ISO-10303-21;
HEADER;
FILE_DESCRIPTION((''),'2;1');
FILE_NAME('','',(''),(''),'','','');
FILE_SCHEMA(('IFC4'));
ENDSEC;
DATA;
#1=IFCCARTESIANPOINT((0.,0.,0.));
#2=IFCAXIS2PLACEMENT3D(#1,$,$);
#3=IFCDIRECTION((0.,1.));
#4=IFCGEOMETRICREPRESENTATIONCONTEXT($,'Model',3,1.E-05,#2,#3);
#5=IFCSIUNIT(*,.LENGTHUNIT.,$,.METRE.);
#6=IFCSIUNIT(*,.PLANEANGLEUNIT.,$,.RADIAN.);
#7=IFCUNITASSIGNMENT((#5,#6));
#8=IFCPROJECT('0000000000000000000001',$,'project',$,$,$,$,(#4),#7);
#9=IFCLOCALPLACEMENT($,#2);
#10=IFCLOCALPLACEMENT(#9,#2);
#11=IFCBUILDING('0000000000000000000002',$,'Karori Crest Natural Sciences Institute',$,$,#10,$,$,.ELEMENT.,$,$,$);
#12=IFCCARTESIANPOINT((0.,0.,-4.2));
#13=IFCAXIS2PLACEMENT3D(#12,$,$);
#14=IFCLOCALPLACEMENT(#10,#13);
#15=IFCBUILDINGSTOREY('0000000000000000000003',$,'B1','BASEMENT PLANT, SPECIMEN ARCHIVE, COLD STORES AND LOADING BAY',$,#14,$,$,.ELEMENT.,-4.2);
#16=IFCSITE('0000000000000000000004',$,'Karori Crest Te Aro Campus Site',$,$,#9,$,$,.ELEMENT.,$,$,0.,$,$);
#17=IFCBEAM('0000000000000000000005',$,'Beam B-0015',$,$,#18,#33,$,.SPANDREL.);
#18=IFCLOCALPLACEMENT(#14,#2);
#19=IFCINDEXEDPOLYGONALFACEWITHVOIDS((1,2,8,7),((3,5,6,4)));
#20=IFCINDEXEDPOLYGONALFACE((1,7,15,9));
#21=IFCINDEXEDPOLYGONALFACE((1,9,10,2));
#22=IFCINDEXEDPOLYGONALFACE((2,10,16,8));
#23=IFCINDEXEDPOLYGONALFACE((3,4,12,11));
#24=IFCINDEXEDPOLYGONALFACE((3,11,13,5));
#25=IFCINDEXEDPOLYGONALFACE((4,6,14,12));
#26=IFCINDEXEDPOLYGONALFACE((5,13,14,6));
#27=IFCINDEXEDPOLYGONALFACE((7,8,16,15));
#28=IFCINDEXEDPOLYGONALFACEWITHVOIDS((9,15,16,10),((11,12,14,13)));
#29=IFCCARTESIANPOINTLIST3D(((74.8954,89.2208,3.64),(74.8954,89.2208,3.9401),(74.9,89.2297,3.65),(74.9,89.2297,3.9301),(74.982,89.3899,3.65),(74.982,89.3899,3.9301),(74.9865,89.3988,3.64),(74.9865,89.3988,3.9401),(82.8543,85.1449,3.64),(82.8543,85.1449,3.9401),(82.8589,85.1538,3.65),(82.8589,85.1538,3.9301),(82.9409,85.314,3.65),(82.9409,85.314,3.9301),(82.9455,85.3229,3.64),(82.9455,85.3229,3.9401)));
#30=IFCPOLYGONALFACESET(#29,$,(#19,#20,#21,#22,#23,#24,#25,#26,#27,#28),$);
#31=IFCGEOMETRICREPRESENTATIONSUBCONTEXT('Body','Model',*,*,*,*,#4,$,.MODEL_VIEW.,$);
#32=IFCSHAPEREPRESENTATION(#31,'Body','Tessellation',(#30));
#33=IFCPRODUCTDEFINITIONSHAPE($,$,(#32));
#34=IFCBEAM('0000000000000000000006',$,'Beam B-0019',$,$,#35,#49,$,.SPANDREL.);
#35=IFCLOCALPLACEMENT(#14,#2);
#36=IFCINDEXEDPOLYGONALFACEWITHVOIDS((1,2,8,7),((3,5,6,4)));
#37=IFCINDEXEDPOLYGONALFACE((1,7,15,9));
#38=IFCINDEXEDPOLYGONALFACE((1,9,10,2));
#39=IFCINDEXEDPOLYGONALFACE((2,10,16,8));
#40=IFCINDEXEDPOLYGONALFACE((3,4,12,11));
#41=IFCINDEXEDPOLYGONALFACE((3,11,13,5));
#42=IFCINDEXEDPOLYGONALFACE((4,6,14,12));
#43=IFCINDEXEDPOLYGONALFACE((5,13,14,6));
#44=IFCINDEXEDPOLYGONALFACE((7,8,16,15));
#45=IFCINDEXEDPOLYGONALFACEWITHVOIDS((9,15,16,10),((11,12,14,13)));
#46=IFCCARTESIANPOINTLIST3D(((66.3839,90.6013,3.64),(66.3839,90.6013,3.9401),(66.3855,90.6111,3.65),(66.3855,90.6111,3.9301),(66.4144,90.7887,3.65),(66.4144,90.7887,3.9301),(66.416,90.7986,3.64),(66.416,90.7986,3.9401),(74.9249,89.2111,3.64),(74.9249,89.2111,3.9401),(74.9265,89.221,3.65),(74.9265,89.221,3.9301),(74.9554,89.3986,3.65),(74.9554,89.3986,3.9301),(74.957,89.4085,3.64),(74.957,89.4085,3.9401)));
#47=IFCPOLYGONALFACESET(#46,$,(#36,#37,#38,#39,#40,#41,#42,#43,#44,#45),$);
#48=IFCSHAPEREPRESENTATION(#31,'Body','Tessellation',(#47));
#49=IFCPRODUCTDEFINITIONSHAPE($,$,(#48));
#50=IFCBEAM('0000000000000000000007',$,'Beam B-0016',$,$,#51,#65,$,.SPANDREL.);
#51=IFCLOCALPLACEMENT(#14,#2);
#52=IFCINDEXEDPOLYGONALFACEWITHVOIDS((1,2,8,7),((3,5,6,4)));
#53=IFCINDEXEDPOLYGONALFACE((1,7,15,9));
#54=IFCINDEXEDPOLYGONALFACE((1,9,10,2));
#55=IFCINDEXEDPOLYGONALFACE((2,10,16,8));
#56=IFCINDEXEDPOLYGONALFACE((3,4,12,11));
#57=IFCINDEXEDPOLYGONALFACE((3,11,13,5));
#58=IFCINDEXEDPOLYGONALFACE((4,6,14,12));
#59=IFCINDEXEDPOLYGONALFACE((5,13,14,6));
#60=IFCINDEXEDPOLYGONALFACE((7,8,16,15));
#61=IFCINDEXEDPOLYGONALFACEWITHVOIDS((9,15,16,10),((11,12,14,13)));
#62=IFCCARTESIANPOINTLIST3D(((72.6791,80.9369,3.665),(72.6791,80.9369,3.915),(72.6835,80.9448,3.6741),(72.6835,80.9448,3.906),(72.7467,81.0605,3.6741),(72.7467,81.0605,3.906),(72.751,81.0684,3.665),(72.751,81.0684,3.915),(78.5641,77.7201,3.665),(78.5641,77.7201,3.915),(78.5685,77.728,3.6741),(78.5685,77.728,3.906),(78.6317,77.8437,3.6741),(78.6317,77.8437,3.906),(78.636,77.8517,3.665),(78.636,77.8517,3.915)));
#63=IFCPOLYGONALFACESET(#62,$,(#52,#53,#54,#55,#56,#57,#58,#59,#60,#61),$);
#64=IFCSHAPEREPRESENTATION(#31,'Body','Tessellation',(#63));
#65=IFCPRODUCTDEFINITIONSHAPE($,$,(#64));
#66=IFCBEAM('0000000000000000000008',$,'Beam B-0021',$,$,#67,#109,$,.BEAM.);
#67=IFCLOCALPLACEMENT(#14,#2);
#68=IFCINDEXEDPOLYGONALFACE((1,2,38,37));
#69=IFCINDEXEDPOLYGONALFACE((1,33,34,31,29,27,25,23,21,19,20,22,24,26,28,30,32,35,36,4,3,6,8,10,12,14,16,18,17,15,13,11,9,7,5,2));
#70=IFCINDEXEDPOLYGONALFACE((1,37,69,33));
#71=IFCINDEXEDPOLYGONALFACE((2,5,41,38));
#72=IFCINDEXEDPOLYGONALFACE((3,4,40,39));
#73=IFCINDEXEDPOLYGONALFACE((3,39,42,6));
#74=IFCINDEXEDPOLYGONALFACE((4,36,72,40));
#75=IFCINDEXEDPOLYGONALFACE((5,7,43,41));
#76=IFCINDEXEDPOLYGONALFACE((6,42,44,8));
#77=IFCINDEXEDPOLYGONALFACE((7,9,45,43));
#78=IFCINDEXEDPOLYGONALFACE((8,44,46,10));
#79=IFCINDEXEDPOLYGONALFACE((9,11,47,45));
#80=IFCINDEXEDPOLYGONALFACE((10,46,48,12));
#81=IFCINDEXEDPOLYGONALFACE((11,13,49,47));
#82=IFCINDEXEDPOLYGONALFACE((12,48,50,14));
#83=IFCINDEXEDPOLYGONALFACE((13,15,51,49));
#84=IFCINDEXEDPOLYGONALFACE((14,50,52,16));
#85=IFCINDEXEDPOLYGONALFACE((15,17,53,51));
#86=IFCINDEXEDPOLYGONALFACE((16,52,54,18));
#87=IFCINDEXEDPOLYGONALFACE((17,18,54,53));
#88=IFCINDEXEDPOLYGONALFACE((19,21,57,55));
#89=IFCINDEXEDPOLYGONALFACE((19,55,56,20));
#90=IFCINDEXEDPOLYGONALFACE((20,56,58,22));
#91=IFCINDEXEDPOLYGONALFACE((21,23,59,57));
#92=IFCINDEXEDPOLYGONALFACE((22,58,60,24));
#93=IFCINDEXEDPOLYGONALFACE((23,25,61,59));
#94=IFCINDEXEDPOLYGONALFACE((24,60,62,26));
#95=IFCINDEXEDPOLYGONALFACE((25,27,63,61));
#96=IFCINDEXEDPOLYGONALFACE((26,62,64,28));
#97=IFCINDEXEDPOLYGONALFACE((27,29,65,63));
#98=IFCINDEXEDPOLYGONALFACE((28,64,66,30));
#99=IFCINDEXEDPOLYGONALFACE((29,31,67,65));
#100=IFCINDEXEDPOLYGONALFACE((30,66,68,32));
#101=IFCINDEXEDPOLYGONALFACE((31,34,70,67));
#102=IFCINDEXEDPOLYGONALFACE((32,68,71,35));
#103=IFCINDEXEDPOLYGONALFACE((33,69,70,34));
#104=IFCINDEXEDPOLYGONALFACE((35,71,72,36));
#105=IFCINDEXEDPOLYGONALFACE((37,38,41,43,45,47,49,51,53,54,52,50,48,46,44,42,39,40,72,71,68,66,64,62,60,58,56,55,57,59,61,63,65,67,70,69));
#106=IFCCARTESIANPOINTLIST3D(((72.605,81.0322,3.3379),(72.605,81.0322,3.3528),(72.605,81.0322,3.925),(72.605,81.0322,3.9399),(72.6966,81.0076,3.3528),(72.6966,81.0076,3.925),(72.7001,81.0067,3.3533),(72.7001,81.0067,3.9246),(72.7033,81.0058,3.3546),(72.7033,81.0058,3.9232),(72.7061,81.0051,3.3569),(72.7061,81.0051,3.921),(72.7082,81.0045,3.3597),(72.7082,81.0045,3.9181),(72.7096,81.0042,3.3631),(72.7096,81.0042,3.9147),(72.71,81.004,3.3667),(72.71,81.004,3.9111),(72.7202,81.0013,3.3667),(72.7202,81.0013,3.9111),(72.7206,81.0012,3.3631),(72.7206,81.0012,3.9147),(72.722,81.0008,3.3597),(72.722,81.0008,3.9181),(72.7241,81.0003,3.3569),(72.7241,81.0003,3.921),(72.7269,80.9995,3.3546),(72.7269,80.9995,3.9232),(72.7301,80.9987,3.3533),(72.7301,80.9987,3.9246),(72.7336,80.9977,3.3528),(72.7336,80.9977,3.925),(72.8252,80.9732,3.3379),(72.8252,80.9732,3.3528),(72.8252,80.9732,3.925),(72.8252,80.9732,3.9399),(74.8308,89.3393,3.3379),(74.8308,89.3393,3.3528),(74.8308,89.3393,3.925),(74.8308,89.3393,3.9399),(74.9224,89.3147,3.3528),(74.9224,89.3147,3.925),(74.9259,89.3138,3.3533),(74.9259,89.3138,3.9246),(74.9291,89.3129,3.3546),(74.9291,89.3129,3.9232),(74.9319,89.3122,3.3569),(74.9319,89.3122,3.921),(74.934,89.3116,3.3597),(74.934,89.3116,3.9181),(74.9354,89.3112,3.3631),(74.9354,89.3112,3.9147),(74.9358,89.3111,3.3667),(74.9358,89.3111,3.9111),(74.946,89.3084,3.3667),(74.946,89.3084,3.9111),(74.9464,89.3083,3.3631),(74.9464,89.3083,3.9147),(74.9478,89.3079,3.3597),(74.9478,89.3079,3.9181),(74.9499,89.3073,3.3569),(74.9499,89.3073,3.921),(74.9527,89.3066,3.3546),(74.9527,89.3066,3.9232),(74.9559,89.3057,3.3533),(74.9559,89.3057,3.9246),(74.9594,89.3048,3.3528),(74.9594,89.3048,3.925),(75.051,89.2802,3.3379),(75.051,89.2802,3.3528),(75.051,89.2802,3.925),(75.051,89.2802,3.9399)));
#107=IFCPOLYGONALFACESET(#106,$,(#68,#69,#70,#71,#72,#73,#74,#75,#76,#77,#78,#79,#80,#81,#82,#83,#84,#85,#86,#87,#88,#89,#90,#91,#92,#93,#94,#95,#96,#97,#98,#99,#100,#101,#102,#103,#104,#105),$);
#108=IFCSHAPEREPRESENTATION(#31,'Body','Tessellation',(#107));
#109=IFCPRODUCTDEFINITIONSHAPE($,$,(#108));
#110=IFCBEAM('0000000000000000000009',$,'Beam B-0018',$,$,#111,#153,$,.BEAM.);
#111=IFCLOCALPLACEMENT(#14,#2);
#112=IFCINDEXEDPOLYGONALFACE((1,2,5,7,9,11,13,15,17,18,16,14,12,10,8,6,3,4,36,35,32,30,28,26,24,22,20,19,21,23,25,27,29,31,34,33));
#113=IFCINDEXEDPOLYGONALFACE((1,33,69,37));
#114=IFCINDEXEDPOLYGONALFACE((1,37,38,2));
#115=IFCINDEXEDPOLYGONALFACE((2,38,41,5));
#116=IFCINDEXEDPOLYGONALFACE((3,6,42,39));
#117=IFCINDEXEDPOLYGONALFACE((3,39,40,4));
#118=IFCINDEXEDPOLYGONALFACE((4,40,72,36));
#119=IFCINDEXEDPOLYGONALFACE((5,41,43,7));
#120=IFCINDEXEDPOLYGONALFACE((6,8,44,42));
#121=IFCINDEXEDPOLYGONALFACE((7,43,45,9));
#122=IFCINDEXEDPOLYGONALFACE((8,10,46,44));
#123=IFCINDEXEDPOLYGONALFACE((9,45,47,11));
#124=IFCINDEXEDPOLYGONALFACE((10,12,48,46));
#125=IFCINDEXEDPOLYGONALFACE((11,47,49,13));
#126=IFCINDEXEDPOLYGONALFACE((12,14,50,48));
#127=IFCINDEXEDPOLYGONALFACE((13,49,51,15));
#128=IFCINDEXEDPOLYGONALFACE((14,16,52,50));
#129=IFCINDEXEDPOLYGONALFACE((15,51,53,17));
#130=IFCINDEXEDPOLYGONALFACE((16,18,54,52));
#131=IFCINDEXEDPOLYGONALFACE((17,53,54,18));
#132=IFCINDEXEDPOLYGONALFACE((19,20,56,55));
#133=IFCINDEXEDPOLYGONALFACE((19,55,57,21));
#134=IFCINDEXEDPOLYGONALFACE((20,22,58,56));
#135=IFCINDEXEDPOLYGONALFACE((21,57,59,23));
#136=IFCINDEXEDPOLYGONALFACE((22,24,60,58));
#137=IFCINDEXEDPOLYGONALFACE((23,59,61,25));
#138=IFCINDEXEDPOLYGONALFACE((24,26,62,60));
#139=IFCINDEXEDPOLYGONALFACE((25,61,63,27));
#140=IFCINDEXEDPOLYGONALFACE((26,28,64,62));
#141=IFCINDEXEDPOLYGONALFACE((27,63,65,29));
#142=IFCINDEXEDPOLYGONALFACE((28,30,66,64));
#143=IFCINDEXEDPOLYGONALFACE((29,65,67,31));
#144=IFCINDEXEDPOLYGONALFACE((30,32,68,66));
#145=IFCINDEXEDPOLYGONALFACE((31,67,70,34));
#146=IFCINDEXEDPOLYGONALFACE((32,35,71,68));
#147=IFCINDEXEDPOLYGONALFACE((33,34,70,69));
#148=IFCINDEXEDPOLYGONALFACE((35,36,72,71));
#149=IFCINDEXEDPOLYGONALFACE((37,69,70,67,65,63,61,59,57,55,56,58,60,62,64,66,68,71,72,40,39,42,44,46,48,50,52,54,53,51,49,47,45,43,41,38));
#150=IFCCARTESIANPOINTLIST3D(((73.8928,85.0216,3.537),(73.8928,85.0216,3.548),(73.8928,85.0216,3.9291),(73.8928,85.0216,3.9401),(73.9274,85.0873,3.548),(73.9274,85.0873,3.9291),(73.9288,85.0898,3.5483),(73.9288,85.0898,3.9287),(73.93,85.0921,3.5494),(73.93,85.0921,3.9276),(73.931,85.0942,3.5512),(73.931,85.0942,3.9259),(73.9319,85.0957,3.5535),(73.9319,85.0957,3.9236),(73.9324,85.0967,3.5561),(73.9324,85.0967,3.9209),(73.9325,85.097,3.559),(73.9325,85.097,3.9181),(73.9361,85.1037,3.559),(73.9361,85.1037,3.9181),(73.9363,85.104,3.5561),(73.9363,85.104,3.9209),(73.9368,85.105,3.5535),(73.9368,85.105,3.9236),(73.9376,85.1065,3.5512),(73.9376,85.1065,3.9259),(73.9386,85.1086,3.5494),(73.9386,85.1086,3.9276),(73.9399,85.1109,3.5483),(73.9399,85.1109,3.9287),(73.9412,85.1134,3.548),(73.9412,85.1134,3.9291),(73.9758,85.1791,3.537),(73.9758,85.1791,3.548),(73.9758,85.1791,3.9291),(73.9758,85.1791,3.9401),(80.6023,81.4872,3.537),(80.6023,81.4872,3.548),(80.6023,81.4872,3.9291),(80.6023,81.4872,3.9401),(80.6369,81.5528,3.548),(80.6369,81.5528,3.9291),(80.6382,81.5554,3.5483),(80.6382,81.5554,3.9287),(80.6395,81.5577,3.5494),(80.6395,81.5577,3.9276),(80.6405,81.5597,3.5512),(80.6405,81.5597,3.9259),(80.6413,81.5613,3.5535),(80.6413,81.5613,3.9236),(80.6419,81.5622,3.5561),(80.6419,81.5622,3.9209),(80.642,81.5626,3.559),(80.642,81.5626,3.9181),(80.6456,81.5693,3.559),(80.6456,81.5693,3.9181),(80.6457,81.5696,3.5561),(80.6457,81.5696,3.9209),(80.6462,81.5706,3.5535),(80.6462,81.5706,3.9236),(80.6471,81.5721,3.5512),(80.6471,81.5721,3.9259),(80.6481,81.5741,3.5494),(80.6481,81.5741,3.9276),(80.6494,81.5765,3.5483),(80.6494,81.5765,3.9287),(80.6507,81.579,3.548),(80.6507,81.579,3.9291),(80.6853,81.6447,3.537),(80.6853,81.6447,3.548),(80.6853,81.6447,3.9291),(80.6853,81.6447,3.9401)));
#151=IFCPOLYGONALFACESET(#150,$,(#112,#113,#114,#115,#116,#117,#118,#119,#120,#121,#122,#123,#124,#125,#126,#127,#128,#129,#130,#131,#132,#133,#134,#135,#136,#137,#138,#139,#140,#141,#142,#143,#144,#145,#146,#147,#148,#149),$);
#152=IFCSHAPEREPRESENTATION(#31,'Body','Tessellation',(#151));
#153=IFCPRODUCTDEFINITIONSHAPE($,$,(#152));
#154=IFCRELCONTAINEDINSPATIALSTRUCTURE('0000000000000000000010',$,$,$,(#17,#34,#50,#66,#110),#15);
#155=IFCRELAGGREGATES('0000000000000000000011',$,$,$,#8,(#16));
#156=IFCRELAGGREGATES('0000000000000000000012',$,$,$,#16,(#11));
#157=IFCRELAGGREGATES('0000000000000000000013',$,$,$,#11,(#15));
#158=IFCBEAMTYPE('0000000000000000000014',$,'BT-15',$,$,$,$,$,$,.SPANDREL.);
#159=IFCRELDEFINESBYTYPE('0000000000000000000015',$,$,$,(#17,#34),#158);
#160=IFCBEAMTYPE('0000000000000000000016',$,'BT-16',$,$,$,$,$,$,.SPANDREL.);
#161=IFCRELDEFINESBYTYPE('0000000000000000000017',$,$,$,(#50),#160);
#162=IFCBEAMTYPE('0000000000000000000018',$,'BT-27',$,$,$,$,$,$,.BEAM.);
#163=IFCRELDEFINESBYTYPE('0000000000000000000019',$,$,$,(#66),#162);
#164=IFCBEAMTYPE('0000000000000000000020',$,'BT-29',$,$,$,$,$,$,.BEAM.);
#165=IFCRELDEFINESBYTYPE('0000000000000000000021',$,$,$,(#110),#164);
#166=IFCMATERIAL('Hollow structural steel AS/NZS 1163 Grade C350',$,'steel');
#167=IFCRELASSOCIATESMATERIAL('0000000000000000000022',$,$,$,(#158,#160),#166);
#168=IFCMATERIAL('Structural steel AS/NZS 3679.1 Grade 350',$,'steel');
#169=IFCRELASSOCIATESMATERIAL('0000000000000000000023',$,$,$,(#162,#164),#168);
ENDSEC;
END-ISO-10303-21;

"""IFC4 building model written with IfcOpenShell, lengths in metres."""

from ifc_helpers import new_model, si_unit, direction, frame, origin, origin_2d, place, context, subcontext, project, spatial, hollow_rectangle, i_section, extrude, material, material_profile, profile_set, type_object, element, save


model = new_model("IFC4")

# Units and contexts
model_context = context("Model", 3, precision=1e-05, world=origin(), true_north=direction((0.0, 1.0)))
body_context = subcontext(model_context, "Body", "Model", "MODEL_VIEW")
ifc_project = project(units=[si_unit("LENGTHUNIT", "METRE"), si_unit("PLANEANGLEUNIT", "RADIAN")], contexts=[model_context])

# Site, building, storey
site_placement = place(None, origin())
site = spatial("IfcSite", under=ifc_project, at=site_placement, Name="Karori Crest Te Aro Campus Site", CompositionType="ELEMENT", RefElevation=0.0)
building_placement = place(site_placement, origin())
building = spatial("IfcBuilding", under=site, at=building_placement, Name="Karori Crest Natural Sciences Institute", CompositionType="ELEMENT")
storey_placement = place(building_placement, frame((0.0, 0.0, -4.2)))
storey = spatial("IfcBuildingStorey", under=building, at=storey_placement, Name="B1", Description="BASEMENT PLANT, SPECIMEN ARCHIVE, COLD STORES AND LOADING BAY", CompositionType="ELEMENT", Elevation=-4.2)

# Shared definitions
ifc_material_1 = material(Name="Structural steel AS/NZS 3679.1 Grade 350", Category="steel")

# Beams
ifc_material_2 = material(Name="Hollow structural steel AS/NZS 1163 Grade C350", Category="steel")
ifc_material_profile_1 = material_profile(ifc_material_2, hollow_rectangle(XDim=0.2, YDim=0.3, WallThickness=0.01, at=origin_2d()), Name="RHS300x200x10")
ifc_profile_set_1 = profile_set([ifc_material_profile_1], Name="Hollow structural steel AS/NZS 1163 Grade C350")
beam_type_1 = type_object("IfcBeamType", Name="BT-15", PredefinedType="SPANDREL", material=ifc_profile_set_1)
beam_1_placement = place(storey_placement, frame((82.8999, 85.2339, 3.79), z_axis=(-0.890072, 0.45582, 0.0), x_axis=(-0.45582, -0.890072, 0.0)))
element("IfcBeam", 1, at=beam_1_placement, inside=storey, type_object=beam_type_1, Name="Beam B-0015", PredefinedType="SPANDREL", context=body_context, shape_type="SweptSolid", body=[
    extrude(hollow_rectangle(XDim=0.2, YDim=0.3, WallThickness=0.01, at=origin_2d()), origin(), (0.0, 0.0, 1.0), 8.9419),
])
beam_2_placement = place(storey_placement, frame((74.9409, 89.3098, 3.79), z_axis=(-0.987012, 0.160646, 0.0), x_axis=(-0.160646, -0.987012, 0.0)))
element("IfcBeam", 2, at=beam_2_placement, inside=storey, type_object=beam_type_1, Name="Beam B-0019", PredefinedType="SPANDREL", context=body_context, shape_type="SweptSolid", body=[
    extrude(hollow_rectangle(XDim=0.2, YDim=0.3, WallThickness=0.01, at=origin_2d()), origin(), (0.0, 0.0, 1.0), 8.6533),
])
ifc_material_profile_2 = material_profile(ifc_material_2, hollow_rectangle(XDim=0.1499, YDim=0.25, WallThickness=0.009, at=origin_2d()), Name="RHS250x150x9")
ifc_profile_set_2 = profile_set([ifc_material_profile_2], Name="Hollow structural steel AS/NZS 1163 Grade C350")
beam_type_2 = type_object("IfcBeamType", Name="BT-16", PredefinedType="SPANDREL", material=ifc_profile_set_2)
beam_3_placement = place(storey_placement, frame((78.6001, 77.7859, 3.79), z_axis=(-0.87747, 0.479632, 0.0), x_axis=(-0.479632, -0.87747, 0.0)))
element("IfcBeam", 3, at=beam_3_placement, inside=storey, type_object=beam_type_2, Name="Beam B-0016", PredefinedType="SPANDREL", context=body_context, shape_type="SweptSolid", body=[
    extrude(hollow_rectangle(XDim=0.1499, YDim=0.25, WallThickness=0.009, at=origin_2d()), origin(), (0.0, 0.0, 1.0), 6.7068),
])
ifc_material_profile_3 = material_profile(ifc_material_1, i_section(OverallWidth=0.228, OverallDepth=0.6021, WebThickness=0.0105, FlangeThickness=0.0149, FilletRadius=0.0139, at=origin_2d()), Name="610UB101")
ifc_profile_set_3 = profile_set([ifc_material_profile_3], Name="Structural steel AS/NZS 3679.1 Grade 350")
beam_type_3 = type_object("IfcBeamType", Name="BT-27", PredefinedType="BEAM", material=ifc_profile_set_3)
beam_4_placement = place(storey_placement, frame((72.7151, 81.0027, 3.6389), z_axis=(0.258813, 0.965928, 0.0), x_axis=(-0.965928, 0.258813, 0.0)))
element("IfcBeam", 4, at=beam_4_placement, inside=storey, type_object=beam_type_3, Name="Beam B-0021", PredefinedType="BEAM", context=body_context, shape_type="SweptSolid", body=[
    extrude(i_section(OverallWidth=0.228, OverallDepth=0.6021, WebThickness=0.0105, FlangeThickness=0.0149, FilletRadius=0.0139, at=origin_2d()), origin(), (0.0, 0.0, 1.0), 8.6001),
])
ifc_material_profile_4 = material_profile(ifc_material_1, i_section(OverallWidth=0.178, OverallDepth=0.4031, WebThickness=0.0076, FlangeThickness=0.011, FilletRadius=0.011, at=origin_2d()), Name="410UB53.7")
ifc_profile_set_4 = profile_set([ifc_material_profile_4], Name="Structural steel AS/NZS 3679.1 Grade 350")
beam_type_4 = type_object("IfcBeamType", Name="BT-29", PredefinedType="BEAM", material=ifc_profile_set_4)
beam_5_placement = place(storey_placement, frame((80.6438, 81.5659, 3.7385), z_axis=(-0.884748, 0.466069, 0.0), x_axis=(-0.466069, -0.884748, 0.0)))
element("IfcBeam", 5, at=beam_5_placement, inside=storey, type_object=beam_type_4, Name="Beam B-0018", PredefinedType="BEAM", context=body_context, shape_type="SweptSolid", body=[
    extrude(i_section(OverallWidth=0.178, OverallDepth=0.4031, WebThickness=0.0076, FlangeThickness=0.011, FilletRadius=0.011, at=origin_2d()), origin(), (0.0, 0.0, 1.0), 7.5835),
])

save(model, "model.ifc")
